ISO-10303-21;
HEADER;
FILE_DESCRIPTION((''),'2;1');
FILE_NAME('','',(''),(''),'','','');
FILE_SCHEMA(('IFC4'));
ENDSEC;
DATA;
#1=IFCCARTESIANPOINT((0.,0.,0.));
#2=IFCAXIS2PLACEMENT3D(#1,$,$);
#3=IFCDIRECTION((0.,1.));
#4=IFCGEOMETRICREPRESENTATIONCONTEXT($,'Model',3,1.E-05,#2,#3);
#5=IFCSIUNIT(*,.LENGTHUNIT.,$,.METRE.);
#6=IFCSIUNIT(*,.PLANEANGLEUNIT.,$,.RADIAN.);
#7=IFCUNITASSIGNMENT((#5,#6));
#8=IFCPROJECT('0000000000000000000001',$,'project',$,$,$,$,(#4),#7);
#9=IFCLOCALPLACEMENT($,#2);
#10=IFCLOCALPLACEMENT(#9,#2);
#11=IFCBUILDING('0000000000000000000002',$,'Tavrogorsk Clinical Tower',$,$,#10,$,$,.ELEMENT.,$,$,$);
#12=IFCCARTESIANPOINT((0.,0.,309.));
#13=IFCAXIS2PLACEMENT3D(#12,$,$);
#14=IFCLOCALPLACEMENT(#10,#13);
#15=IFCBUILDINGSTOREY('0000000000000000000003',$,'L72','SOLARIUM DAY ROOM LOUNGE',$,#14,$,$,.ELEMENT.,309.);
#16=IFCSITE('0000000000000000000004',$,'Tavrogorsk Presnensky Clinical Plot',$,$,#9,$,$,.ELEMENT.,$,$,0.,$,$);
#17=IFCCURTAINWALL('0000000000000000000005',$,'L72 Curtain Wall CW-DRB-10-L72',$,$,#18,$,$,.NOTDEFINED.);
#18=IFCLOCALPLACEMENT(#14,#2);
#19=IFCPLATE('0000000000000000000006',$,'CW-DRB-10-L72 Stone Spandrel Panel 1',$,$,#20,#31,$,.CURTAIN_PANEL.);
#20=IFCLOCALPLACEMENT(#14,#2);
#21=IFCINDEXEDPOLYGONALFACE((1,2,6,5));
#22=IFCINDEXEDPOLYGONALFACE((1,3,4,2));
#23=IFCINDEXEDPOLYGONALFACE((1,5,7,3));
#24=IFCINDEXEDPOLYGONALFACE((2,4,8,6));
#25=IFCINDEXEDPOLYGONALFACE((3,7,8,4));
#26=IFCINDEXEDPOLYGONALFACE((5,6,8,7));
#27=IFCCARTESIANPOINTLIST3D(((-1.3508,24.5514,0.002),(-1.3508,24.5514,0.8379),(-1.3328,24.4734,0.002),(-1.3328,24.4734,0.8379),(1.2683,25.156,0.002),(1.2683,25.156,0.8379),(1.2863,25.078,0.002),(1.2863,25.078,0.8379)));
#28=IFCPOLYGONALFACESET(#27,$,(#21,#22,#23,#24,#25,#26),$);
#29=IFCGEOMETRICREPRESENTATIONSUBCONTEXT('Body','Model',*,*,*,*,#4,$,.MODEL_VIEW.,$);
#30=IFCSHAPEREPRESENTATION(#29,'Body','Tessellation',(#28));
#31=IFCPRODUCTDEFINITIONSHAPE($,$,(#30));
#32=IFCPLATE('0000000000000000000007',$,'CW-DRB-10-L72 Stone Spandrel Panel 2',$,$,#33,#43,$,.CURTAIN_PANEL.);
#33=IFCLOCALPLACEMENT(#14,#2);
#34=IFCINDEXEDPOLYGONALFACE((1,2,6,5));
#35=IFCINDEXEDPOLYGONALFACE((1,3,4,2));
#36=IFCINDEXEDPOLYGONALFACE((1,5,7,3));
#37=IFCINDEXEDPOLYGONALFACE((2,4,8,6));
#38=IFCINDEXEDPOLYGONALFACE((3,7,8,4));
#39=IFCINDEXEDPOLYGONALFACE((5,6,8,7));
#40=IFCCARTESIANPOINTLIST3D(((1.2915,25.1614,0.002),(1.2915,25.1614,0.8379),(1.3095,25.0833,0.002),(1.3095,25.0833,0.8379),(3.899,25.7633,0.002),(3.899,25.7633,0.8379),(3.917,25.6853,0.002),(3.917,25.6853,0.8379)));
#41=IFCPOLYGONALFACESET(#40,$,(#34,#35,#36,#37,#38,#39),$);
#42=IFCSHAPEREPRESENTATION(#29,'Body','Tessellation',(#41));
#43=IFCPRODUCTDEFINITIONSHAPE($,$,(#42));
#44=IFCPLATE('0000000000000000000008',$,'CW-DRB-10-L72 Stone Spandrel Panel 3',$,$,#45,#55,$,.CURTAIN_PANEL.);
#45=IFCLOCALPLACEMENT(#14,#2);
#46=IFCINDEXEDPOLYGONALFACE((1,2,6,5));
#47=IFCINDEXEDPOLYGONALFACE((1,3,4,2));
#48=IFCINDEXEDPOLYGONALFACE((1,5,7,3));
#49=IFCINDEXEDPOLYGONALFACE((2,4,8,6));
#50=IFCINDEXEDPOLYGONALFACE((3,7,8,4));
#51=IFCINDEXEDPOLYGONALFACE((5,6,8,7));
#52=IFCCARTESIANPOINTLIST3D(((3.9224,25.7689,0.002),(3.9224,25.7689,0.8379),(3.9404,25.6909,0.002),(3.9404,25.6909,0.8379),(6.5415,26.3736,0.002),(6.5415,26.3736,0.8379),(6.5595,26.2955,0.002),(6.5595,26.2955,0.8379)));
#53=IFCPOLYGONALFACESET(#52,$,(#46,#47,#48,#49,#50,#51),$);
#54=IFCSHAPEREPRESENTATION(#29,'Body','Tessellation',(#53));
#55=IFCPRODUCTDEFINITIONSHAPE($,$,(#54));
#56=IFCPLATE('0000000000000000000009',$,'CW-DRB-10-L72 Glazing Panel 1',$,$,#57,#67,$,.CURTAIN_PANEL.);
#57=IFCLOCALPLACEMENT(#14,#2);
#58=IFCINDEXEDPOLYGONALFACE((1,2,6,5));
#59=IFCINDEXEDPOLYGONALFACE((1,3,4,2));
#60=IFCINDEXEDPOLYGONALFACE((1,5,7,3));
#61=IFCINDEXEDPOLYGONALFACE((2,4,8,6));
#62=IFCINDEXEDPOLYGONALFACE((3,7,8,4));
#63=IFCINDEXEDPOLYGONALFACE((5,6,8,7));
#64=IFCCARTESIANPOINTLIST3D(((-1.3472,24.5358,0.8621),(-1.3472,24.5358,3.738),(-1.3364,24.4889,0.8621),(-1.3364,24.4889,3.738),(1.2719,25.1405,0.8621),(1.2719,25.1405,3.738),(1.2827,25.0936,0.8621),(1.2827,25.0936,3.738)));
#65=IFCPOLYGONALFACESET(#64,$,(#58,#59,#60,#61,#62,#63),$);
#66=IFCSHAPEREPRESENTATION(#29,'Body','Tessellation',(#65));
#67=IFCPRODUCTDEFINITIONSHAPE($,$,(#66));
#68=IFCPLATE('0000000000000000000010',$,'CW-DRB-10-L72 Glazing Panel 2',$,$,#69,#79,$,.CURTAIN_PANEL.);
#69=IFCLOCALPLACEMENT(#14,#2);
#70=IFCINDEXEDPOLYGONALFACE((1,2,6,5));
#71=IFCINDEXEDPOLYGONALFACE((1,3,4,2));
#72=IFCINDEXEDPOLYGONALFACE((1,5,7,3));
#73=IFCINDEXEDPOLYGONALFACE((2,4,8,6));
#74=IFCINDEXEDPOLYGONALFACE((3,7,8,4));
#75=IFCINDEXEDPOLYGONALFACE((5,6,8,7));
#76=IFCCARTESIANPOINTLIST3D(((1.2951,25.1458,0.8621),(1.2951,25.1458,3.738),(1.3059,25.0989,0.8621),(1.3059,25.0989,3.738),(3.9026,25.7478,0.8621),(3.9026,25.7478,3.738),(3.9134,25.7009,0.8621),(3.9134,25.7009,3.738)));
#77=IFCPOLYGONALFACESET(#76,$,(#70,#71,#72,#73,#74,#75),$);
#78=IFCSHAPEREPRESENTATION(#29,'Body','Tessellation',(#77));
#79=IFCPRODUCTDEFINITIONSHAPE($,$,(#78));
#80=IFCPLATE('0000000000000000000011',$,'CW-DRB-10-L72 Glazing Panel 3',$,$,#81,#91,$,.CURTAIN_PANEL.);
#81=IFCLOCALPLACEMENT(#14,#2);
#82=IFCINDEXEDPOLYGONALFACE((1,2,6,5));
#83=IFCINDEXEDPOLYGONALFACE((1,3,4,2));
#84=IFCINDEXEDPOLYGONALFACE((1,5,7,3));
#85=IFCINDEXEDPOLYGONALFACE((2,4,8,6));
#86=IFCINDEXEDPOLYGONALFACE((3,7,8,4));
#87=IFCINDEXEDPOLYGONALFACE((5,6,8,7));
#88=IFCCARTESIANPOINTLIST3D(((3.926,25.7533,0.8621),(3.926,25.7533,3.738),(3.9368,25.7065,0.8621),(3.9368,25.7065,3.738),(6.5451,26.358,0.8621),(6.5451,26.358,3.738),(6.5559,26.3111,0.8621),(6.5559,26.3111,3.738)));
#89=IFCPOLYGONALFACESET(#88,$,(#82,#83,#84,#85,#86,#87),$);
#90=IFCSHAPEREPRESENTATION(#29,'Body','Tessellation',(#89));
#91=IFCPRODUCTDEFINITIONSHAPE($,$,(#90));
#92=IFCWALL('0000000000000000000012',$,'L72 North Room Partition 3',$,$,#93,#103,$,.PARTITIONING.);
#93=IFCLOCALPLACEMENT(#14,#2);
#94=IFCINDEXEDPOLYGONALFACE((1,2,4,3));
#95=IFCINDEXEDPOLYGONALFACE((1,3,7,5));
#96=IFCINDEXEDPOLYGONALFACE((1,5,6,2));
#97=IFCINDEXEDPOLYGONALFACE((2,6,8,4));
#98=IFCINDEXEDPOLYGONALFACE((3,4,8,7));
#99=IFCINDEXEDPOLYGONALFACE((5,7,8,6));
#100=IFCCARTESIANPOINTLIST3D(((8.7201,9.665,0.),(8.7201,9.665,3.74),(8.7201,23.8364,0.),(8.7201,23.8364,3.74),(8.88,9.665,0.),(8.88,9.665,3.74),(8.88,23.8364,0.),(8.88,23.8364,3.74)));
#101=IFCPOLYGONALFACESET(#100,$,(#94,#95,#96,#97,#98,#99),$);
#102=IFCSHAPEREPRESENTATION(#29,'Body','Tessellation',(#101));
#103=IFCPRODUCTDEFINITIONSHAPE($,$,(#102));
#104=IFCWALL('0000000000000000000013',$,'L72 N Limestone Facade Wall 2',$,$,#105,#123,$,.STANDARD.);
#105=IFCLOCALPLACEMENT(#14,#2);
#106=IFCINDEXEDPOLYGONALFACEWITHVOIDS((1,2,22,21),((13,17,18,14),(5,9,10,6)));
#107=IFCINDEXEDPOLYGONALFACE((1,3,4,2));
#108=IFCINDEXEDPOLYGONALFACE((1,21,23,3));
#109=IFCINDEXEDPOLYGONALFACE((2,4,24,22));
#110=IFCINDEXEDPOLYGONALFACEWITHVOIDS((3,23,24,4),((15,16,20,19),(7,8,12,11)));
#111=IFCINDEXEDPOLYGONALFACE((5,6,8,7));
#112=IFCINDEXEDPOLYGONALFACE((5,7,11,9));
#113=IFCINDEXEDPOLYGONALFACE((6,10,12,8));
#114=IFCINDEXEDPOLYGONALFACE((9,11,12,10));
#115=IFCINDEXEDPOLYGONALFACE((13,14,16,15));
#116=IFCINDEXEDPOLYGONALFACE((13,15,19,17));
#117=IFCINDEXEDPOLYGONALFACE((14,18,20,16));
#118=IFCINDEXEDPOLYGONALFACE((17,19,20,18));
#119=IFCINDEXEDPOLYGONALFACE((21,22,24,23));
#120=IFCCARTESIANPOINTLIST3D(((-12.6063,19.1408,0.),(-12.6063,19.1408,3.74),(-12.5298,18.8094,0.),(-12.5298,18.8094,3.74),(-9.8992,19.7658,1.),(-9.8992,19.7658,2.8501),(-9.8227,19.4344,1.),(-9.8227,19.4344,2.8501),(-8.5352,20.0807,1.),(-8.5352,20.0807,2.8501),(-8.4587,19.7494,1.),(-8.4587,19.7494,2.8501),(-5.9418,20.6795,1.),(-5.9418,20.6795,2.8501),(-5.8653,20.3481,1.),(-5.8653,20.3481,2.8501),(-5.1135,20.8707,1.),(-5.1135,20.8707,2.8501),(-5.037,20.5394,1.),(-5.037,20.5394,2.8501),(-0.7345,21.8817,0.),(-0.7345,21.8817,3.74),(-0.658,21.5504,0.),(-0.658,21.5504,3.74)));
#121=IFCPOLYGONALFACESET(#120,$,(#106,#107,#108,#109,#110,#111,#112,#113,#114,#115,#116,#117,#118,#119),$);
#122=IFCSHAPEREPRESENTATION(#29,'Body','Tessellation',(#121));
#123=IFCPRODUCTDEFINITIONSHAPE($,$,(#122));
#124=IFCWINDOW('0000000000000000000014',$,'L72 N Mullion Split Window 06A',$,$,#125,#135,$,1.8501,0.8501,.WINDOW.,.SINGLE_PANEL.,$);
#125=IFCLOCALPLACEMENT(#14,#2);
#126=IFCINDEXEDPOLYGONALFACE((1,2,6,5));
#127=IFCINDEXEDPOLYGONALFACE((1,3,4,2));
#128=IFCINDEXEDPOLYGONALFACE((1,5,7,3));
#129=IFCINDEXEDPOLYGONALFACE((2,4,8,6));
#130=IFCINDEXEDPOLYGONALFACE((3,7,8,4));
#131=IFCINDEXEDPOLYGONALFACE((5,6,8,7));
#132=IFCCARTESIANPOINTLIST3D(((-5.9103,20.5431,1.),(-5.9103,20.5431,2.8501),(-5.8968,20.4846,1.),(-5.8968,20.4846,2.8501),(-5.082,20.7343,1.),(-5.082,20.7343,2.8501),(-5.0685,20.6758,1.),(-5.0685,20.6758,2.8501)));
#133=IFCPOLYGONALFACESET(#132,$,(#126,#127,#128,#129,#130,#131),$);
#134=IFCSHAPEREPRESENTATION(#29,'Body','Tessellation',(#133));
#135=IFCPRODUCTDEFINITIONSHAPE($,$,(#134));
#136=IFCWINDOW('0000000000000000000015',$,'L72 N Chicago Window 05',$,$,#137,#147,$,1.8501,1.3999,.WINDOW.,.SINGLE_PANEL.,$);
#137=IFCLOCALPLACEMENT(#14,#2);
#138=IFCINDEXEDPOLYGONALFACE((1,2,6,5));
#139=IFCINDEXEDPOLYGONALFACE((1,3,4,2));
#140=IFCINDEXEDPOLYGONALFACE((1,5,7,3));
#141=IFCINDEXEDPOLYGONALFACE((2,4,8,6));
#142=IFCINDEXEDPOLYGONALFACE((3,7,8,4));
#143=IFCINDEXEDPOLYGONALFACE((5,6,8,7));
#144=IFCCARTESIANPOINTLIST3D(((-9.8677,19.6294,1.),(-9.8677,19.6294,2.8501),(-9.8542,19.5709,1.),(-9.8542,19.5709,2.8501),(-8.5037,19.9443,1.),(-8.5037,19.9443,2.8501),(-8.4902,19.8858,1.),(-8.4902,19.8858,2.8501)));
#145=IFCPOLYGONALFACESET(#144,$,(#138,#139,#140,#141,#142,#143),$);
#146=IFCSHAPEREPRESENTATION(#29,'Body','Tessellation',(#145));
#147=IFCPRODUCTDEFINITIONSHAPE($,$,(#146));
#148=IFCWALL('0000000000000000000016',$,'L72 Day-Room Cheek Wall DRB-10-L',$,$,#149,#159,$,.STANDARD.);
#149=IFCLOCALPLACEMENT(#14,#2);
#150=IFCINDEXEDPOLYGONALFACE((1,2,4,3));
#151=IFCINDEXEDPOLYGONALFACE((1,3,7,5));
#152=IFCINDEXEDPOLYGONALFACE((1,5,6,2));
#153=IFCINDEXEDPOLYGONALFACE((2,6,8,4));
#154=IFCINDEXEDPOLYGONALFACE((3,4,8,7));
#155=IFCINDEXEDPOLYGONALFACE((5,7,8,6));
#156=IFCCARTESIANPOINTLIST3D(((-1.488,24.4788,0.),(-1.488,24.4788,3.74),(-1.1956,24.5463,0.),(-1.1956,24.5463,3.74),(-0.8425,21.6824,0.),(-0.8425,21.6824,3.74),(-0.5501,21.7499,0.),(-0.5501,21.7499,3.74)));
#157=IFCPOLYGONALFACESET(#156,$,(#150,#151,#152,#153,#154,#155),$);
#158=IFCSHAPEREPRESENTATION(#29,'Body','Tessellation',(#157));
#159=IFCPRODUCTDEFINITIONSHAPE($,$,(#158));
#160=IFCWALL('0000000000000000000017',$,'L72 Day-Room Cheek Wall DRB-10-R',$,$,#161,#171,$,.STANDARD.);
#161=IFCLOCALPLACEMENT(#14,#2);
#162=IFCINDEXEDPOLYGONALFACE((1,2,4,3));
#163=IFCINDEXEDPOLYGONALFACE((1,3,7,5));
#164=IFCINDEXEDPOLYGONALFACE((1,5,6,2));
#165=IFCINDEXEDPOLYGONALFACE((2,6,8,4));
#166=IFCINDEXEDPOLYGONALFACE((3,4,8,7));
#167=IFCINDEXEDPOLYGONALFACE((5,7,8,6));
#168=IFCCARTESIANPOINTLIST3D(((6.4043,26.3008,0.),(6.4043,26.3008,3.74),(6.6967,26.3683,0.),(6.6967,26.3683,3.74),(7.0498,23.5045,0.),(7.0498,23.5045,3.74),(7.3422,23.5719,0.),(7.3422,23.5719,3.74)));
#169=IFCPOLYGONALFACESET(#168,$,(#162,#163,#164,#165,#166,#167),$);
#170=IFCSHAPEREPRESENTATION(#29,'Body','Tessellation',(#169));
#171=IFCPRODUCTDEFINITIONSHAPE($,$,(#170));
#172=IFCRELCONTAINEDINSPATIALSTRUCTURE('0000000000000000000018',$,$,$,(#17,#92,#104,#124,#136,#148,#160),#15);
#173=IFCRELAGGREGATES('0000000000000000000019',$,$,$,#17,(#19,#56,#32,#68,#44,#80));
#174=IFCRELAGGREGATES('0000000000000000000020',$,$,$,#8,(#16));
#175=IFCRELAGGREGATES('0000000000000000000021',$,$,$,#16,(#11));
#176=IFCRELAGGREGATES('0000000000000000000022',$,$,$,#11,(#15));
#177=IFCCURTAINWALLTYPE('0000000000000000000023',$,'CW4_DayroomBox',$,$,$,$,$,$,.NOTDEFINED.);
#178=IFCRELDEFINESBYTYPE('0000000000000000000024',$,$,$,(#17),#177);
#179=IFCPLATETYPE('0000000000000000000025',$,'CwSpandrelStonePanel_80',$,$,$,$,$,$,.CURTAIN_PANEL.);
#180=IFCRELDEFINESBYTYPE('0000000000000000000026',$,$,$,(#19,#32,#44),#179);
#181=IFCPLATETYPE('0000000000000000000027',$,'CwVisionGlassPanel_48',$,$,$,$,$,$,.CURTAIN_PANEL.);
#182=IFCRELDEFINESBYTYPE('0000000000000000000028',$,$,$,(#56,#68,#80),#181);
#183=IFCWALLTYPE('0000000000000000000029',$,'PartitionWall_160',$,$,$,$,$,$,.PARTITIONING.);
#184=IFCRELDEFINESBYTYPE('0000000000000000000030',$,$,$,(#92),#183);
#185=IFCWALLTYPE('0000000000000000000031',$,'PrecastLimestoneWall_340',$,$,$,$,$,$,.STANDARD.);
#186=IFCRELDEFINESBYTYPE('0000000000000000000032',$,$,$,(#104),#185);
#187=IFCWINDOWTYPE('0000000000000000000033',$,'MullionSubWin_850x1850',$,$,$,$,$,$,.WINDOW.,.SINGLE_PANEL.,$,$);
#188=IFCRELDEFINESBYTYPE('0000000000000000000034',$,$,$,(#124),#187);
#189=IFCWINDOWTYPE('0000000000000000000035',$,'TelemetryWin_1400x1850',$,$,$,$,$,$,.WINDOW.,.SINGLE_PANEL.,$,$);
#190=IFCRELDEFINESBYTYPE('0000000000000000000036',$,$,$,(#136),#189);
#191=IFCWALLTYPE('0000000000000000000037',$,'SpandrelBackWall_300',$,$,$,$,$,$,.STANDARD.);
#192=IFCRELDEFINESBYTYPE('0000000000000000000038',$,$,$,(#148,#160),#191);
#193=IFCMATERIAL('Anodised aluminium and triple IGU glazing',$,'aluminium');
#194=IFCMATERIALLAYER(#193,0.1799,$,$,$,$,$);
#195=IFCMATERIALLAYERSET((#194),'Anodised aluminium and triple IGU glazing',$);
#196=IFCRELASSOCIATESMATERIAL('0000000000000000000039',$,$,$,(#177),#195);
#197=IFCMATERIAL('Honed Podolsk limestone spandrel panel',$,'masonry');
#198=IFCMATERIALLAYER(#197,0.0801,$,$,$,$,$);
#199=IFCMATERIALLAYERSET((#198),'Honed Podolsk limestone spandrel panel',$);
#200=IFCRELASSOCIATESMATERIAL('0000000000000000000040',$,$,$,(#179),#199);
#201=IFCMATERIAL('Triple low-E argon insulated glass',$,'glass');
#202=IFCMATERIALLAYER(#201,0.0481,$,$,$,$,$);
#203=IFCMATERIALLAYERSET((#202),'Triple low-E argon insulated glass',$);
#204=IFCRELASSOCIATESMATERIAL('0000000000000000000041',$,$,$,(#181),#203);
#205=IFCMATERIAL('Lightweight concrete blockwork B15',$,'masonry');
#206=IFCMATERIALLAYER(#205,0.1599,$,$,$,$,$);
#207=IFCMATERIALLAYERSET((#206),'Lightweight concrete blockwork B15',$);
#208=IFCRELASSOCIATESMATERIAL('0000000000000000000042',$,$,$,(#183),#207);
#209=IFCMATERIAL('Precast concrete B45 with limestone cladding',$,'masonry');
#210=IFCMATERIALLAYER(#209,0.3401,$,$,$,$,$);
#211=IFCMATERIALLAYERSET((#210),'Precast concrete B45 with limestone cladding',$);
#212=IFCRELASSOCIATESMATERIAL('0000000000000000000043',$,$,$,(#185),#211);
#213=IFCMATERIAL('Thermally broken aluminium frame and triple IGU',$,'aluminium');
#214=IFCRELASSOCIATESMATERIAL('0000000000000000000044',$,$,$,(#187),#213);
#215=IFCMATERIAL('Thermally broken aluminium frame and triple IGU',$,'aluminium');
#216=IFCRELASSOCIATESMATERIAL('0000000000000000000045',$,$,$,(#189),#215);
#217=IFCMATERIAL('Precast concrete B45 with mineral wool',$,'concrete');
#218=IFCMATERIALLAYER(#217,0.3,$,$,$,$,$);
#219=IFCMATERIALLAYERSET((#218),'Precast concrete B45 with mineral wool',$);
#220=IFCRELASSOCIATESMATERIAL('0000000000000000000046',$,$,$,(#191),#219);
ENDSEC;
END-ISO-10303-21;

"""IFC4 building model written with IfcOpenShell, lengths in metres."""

from ifc_helpers import new_model, si_unit, direction, frame, frame_2d, origin, origin_2d, place, context, subcontext, project, spatial, rectangle, extrude, material, layer, layer_set, type_object, element, fill, aggregate, save


model = new_model("IFC4")

# Units and contexts
model_context = context("Model", 3, precision=1e-05, world=origin(), true_north=direction((0.0, 1.0)))
body_context = subcontext(model_context, "Body", "Model", "MODEL_VIEW")
ifc_project = project(units=[si_unit("LENGTHUNIT", "METRE"), si_unit("PLANEANGLEUNIT", "RADIAN")], contexts=[model_context])

# Site, building, storey
site_placement = place(None, origin())
site = spatial("IfcSite", under=ifc_project, at=site_placement, Name="Tavrogorsk Presnensky Clinical Plot", CompositionType="ELEMENT", RefElevation=0.0)
building_placement = place(site_placement, origin())
building = spatial("IfcBuilding", under=site, at=building_placement, Name="Tavrogorsk Clinical Tower", CompositionType="ELEMENT")
storey_placement = place(building_placement, frame((0.0, 0.0, 309.0)))
storey = spatial("IfcBuildingStorey", under=building, at=storey_placement, Name="L72", Description="SOLARIUM DAY ROOM LOUNGE", CompositionType="ELEMENT", Elevation=309.0)

# Curtain wall
ifc_material_1 = material(Name="Anodised aluminium and triple IGU glazing", Category="aluminium")
ifc_layer_1 = layer(ifc_material_1, 0.1799)
ifc_layer_set_1 = layer_set([ifc_layer_1], Name="Anodised aluminium and triple IGU glazing")
curtain_wall_type = type_object("IfcCurtainWallType", Name="CW4_DayroomBox", PredefinedType="NOTDEFINED", material=ifc_layer_set_1)
curtain_wall_placement = place(storey_placement, origin())
curtain_wall = element("IfcCurtainWall", 1, at=curtain_wall_placement, inside=storey, type_object=curtain_wall_type, Name="L72 Curtain Wall CW-DRB-10-L72", PredefinedType="NOTDEFINED")

# Plates
ifc_material_2 = material(Name="Honed Podolsk limestone spandrel panel", Category="masonry")
ifc_layer_2 = layer(ifc_material_2, 0.0801)
ifc_layer_set_2 = layer_set([ifc_layer_2], Name="Honed Podolsk limestone spandrel panel")
plate_type_1 = type_object("IfcPlateType", Name="CwSpandrelStonePanel_80", PredefinedType="CURTAIN_PANEL", material=ifc_layer_set_2)
plate_1_placement = place(storey_placement, frame((-0.0322, 24.8147, 0.002), z_axis=(0.0, 0.0, 1.0), x_axis=(0.97437, 0.224951, 0.0)))
plate_1 = element("IfcPlate", 2, at=plate_1_placement, type_object=plate_type_1, Name="CW-DRB-10-L72 Stone Spandrel Panel 1", PredefinedType="CURTAIN_PANEL", context=body_context, shape_type="SweptSolid", body=[
    extrude(rectangle(XDim=2.688, YDim=0.0801, at=origin_2d()), origin(), (0.0, 0.0, 1.0), 0.8359),
])
plate_2_placement = place(storey_placement, frame((2.6042, 25.4233, 0.002), z_axis=(0.0, 0.0, 1.0), x_axis=(0.97437, 0.224951, 0.0)))
plate_2 = element("IfcPlate", 3, at=plate_2_placement, type_object=plate_type_1, Name="CW-DRB-10-L72 Stone Spandrel Panel 2", PredefinedType="CURTAIN_PANEL", context=body_context, shape_type="SweptSolid", body=[
    extrude(rectangle(XDim=2.676, YDim=0.0801, at=origin_2d()), origin(), (0.0, 0.0, 1.0), 0.8359),
])
plate_3_placement = place(storey_placement, frame((5.241, 26.0322, 0.002), z_axis=(0.0, 0.0, 1.0), x_axis=(0.97437, 0.224951, 0.0)))
plate_3 = element("IfcPlate", 4, at=plate_3_placement, type_object=plate_type_1, Name="CW-DRB-10-L72 Stone Spandrel Panel 3", PredefinedType="CURTAIN_PANEL", context=body_context, shape_type="SweptSolid", body=[
    extrude(rectangle(XDim=2.688, YDim=0.0801, at=origin_2d()), origin(), (0.0, 0.0, 1.0), 0.8359),
])
ifc_material_3 = material(Name="Triple low-E argon insulated glass", Category="glass")
ifc_layer_3 = layer(ifc_material_3, 0.0481)
ifc_layer_set_3 = layer_set([ifc_layer_3], Name="Triple low-E argon insulated glass")
plate_type_2 = type_object("IfcPlateType", Name="CwVisionGlassPanel_48", PredefinedType="CURTAIN_PANEL", material=ifc_layer_set_3)
plate_4_placement = place(storey_placement, frame((-0.0322, 24.8147, 0.8621), z_axis=(0.0, 0.0, 1.0), x_axis=(0.97437, 0.224951, 0.0)))
plate_4 = element("IfcPlate", 5, at=plate_4_placement, type_object=plate_type_2, Name="CW-DRB-10-L72 Glazing Panel 1", PredefinedType="CURTAIN_PANEL", context=body_context, shape_type="SweptSolid", body=[
    extrude(rectangle(XDim=2.688, YDim=0.0481, at=origin_2d()), origin(), (0.0, 0.0, 1.0), 2.876),
])
plate_5_placement = place(storey_placement, frame((2.6042, 25.4233, 0.8621), z_axis=(0.0, 0.0, 1.0), x_axis=(0.97437, 0.224951, 0.0)))
plate_5 = element("IfcPlate", 6, at=plate_5_placement, type_object=plate_type_2, Name="CW-DRB-10-L72 Glazing Panel 2", PredefinedType="CURTAIN_PANEL", context=body_context, shape_type="SweptSolid", body=[
    extrude(rectangle(XDim=2.676, YDim=0.0481, at=origin_2d()), origin(), (0.0, 0.0, 1.0), 2.876),
])
plate_6_placement = place(storey_placement, frame((5.241, 26.0322, 0.8621), z_axis=(0.0, 0.0, 1.0), x_axis=(0.97437, 0.224951, 0.0)))
plate_6 = element("IfcPlate", 7, at=plate_6_placement, type_object=plate_type_2, Name="CW-DRB-10-L72 Glazing Panel 3", PredefinedType="CURTAIN_PANEL", context=body_context, shape_type="SweptSolid", body=[
    extrude(rectangle(XDim=2.688, YDim=0.0481, at=origin_2d()), origin(), (0.0, 0.0, 1.0), 2.876),
])
aggregate(curtain_wall, [plate_1, plate_4, plate_2, plate_5, plate_3, plate_6])

# Wall
ifc_material_4 = material(Name="Lightweight concrete blockwork B15", Category="masonry")
ifc_layer_4 = layer(ifc_material_4, 0.1599)
ifc_layer_set_4 = layer_set([ifc_layer_4], Name="Lightweight concrete blockwork B15")
wall_type_1 = type_object("IfcWallType", Name="PartitionWall_160", PredefinedType="PARTITIONING", material=ifc_layer_set_4)
wall_1_placement = place(storey_placement, frame((8.8, 9.665, 0.0), z_axis=(0.0, 0.0, 1.0), x_axis=(0.0, 1.0, 0.0)))
element("IfcWall", 8, at=wall_1_placement, inside=storey, type_object=wall_type_1, Name="L72 North Room Partition 3", PredefinedType="PARTITIONING", context=body_context, shape_type="SweptSolid", body=[
    extrude(rectangle(XDim=14.1714, YDim=0.1599, at=frame_2d((7.0857, 0.0))), origin(), (0.0, 0.0, 1.0), 3.74),
])

# Wall, openings, windows
ifc_material_5 = material(Name="Precast concrete B45 with limestone cladding", Category="masonry")
ifc_layer_5 = layer(ifc_material_5, 0.3401)
ifc_layer_set_5 = layer_set([ifc_layer_5], Name="Precast concrete B45 with limestone cladding")
wall_type_2 = type_object("IfcWallType", Name="PrecastLimestoneWall_340", PredefinedType="STANDARD", material=ifc_layer_set_5)
wall_2_placement = place(storey_placement, frame((-0.6963, 21.7161, 0.0), z_axis=(0.0, 0.0, 1.0), x_axis=(-0.974368, -0.224962, 0.0)))
wall_2 = element("IfcWall", 9, at=wall_2_placement, inside=storey, type_object=wall_type_2, Name="L72 N Limestone Facade Wall 2", PredefinedType="STANDARD", context=body_context, shape_type="SweptSolid", body=[
    extrude(rectangle(XDim=12.1841, YDim=0.3401, at=frame_2d((6.092, 0.0))), origin(), (0.0, 0.0, 1.0), 3.74),
])
opening_1_placement = place(wall_2_placement, frame((8.0059, 0.0, 1.0)))
opening_1 = element("IfcOpeningElement", 10, at=opening_1_placement, cuts=wall_2, PredefinedType="OPENING", context=body_context, shape_type="SweptSolid", body=[
    extrude(rectangle(XDim=1.3999, YDim=1.8501, at=frame_2d((0.7, 0.925))), frame((0.0, 0.1799, 0.0), z_axis=(0.0, -1.0, 0.0), x_axis=(1.0, 0.0, 0.0)), (0.0, 0.0, 1.0), 0.3601),
])
opening_2_placement = place(wall_2_placement, frame((4.4941, 0.0, 1.0)))
opening_2 = element("IfcOpeningElement", 11, at=opening_2_placement, cuts=wall_2, PredefinedType="OPENING", context=body_context, shape_type="SweptSolid", body=[
    extrude(rectangle(XDim=0.8501, YDim=1.8501, at=frame_2d((0.425, 0.925))), frame((0.0, 0.1799, 0.0), z_axis=(0.0, -1.0, 0.0), x_axis=(1.0, 0.0, 0.0)), (0.0, 0.0, 1.0), 0.3601),
])
ifc_material_6 = material(Name="Thermally broken aluminium frame and triple IGU", Category="aluminium")
window_type_1 = type_object("IfcWindowType", Name="MullionSubWin_850x1850", PartitioningType="SINGLE_PANEL", PredefinedType="WINDOW", material=ifc_material_6)
window_1_placement = place(opening_2_placement, origin())
window_1 = element("IfcWindow", 12, at=window_1_placement, inside=storey, type_object=window_type_1, Name="L72 N Mullion Split Window 06A", OverallHeight=1.8501, OverallWidth=0.8501, PartitioningType="SINGLE_PANEL", PredefinedType="WINDOW", context=body_context, shape_type="SweptSolid", body=[
    extrude(rectangle(XDim=0.8501, YDim=1.8501, at=frame_2d((0.425, 0.925))), frame((0.0, 0.03, 0.0), z_axis=(0.0, -1.0, 0.0), x_axis=(1.0, 0.0, 0.0)), (0.0, 0.0, 1.0), 0.0601),
])
fill(opening_2, window_1)
ifc_material_7 = material(Name="Thermally broken aluminium frame and triple IGU", Category="aluminium")
window_type_2 = type_object("IfcWindowType", Name="TelemetryWin_1400x1850", PartitioningType="SINGLE_PANEL", PredefinedType="WINDOW", material=ifc_material_7)
window_2_placement = place(opening_1_placement, origin())
window_2 = element("IfcWindow", 13, at=window_2_placement, inside=storey, type_object=window_type_2, Name="L72 N Chicago Window 05", OverallHeight=1.8501, OverallWidth=1.3999, PartitioningType="SINGLE_PANEL", PredefinedType="WINDOW", context=body_context, shape_type="SweptSolid", body=[
    extrude(rectangle(XDim=1.3999, YDim=1.8501, at=frame_2d((0.7, 0.925))), frame((0.0, 0.03, 0.0), z_axis=(0.0, -1.0, 0.0), x_axis=(1.0, 0.0, 0.0)), (0.0, 0.0, 1.0), 0.0601),
])
fill(opening_1, window_2)

# Walls
ifc_material_8 = material(Name="Precast concrete B45 with mineral wool", Category="concrete")
ifc_layer_6 = layer(ifc_material_8, 0.3)
ifc_layer_set_6 = layer_set([ifc_layer_6], Name="Precast concrete B45 with mineral wool")
wall_type_3 = type_object("IfcWallType", Name="SpandrelBackWall_300", PredefinedType="STANDARD", material=ifc_layer_set_6)
for number, where, z_axis, x_axis, name in (
    (14, (-0.6963, 21.7161, 0.0), (0.0, 0.0, 1.0), (-0.224922, 0.974377, 0.0), "L72 Day-Room Cheek Wall DRB-10-L"),
    (15, (7.196, 23.5381, 0.0), (0.0, 0.0, 1.0), (-0.224922, 0.974377, 0.0), "L72 Day-Room Cheek Wall DRB-10-R"),
):
    element("IfcWall", number, at=place(storey_placement, frame(where, z_axis=z_axis, x_axis=x_axis)), inside=storey, type_object=wall_type_3, Name=name, PredefinedType="STANDARD", context=body_context, shape_type="SweptSolid", body=[
        extrude(rectangle(XDim=2.8699, YDim=0.3, at=frame_2d((1.4351, 0.0))), origin(), (0.0, 0.0, 1.0), 3.74),
    ])

save(model, "model.ifc")
